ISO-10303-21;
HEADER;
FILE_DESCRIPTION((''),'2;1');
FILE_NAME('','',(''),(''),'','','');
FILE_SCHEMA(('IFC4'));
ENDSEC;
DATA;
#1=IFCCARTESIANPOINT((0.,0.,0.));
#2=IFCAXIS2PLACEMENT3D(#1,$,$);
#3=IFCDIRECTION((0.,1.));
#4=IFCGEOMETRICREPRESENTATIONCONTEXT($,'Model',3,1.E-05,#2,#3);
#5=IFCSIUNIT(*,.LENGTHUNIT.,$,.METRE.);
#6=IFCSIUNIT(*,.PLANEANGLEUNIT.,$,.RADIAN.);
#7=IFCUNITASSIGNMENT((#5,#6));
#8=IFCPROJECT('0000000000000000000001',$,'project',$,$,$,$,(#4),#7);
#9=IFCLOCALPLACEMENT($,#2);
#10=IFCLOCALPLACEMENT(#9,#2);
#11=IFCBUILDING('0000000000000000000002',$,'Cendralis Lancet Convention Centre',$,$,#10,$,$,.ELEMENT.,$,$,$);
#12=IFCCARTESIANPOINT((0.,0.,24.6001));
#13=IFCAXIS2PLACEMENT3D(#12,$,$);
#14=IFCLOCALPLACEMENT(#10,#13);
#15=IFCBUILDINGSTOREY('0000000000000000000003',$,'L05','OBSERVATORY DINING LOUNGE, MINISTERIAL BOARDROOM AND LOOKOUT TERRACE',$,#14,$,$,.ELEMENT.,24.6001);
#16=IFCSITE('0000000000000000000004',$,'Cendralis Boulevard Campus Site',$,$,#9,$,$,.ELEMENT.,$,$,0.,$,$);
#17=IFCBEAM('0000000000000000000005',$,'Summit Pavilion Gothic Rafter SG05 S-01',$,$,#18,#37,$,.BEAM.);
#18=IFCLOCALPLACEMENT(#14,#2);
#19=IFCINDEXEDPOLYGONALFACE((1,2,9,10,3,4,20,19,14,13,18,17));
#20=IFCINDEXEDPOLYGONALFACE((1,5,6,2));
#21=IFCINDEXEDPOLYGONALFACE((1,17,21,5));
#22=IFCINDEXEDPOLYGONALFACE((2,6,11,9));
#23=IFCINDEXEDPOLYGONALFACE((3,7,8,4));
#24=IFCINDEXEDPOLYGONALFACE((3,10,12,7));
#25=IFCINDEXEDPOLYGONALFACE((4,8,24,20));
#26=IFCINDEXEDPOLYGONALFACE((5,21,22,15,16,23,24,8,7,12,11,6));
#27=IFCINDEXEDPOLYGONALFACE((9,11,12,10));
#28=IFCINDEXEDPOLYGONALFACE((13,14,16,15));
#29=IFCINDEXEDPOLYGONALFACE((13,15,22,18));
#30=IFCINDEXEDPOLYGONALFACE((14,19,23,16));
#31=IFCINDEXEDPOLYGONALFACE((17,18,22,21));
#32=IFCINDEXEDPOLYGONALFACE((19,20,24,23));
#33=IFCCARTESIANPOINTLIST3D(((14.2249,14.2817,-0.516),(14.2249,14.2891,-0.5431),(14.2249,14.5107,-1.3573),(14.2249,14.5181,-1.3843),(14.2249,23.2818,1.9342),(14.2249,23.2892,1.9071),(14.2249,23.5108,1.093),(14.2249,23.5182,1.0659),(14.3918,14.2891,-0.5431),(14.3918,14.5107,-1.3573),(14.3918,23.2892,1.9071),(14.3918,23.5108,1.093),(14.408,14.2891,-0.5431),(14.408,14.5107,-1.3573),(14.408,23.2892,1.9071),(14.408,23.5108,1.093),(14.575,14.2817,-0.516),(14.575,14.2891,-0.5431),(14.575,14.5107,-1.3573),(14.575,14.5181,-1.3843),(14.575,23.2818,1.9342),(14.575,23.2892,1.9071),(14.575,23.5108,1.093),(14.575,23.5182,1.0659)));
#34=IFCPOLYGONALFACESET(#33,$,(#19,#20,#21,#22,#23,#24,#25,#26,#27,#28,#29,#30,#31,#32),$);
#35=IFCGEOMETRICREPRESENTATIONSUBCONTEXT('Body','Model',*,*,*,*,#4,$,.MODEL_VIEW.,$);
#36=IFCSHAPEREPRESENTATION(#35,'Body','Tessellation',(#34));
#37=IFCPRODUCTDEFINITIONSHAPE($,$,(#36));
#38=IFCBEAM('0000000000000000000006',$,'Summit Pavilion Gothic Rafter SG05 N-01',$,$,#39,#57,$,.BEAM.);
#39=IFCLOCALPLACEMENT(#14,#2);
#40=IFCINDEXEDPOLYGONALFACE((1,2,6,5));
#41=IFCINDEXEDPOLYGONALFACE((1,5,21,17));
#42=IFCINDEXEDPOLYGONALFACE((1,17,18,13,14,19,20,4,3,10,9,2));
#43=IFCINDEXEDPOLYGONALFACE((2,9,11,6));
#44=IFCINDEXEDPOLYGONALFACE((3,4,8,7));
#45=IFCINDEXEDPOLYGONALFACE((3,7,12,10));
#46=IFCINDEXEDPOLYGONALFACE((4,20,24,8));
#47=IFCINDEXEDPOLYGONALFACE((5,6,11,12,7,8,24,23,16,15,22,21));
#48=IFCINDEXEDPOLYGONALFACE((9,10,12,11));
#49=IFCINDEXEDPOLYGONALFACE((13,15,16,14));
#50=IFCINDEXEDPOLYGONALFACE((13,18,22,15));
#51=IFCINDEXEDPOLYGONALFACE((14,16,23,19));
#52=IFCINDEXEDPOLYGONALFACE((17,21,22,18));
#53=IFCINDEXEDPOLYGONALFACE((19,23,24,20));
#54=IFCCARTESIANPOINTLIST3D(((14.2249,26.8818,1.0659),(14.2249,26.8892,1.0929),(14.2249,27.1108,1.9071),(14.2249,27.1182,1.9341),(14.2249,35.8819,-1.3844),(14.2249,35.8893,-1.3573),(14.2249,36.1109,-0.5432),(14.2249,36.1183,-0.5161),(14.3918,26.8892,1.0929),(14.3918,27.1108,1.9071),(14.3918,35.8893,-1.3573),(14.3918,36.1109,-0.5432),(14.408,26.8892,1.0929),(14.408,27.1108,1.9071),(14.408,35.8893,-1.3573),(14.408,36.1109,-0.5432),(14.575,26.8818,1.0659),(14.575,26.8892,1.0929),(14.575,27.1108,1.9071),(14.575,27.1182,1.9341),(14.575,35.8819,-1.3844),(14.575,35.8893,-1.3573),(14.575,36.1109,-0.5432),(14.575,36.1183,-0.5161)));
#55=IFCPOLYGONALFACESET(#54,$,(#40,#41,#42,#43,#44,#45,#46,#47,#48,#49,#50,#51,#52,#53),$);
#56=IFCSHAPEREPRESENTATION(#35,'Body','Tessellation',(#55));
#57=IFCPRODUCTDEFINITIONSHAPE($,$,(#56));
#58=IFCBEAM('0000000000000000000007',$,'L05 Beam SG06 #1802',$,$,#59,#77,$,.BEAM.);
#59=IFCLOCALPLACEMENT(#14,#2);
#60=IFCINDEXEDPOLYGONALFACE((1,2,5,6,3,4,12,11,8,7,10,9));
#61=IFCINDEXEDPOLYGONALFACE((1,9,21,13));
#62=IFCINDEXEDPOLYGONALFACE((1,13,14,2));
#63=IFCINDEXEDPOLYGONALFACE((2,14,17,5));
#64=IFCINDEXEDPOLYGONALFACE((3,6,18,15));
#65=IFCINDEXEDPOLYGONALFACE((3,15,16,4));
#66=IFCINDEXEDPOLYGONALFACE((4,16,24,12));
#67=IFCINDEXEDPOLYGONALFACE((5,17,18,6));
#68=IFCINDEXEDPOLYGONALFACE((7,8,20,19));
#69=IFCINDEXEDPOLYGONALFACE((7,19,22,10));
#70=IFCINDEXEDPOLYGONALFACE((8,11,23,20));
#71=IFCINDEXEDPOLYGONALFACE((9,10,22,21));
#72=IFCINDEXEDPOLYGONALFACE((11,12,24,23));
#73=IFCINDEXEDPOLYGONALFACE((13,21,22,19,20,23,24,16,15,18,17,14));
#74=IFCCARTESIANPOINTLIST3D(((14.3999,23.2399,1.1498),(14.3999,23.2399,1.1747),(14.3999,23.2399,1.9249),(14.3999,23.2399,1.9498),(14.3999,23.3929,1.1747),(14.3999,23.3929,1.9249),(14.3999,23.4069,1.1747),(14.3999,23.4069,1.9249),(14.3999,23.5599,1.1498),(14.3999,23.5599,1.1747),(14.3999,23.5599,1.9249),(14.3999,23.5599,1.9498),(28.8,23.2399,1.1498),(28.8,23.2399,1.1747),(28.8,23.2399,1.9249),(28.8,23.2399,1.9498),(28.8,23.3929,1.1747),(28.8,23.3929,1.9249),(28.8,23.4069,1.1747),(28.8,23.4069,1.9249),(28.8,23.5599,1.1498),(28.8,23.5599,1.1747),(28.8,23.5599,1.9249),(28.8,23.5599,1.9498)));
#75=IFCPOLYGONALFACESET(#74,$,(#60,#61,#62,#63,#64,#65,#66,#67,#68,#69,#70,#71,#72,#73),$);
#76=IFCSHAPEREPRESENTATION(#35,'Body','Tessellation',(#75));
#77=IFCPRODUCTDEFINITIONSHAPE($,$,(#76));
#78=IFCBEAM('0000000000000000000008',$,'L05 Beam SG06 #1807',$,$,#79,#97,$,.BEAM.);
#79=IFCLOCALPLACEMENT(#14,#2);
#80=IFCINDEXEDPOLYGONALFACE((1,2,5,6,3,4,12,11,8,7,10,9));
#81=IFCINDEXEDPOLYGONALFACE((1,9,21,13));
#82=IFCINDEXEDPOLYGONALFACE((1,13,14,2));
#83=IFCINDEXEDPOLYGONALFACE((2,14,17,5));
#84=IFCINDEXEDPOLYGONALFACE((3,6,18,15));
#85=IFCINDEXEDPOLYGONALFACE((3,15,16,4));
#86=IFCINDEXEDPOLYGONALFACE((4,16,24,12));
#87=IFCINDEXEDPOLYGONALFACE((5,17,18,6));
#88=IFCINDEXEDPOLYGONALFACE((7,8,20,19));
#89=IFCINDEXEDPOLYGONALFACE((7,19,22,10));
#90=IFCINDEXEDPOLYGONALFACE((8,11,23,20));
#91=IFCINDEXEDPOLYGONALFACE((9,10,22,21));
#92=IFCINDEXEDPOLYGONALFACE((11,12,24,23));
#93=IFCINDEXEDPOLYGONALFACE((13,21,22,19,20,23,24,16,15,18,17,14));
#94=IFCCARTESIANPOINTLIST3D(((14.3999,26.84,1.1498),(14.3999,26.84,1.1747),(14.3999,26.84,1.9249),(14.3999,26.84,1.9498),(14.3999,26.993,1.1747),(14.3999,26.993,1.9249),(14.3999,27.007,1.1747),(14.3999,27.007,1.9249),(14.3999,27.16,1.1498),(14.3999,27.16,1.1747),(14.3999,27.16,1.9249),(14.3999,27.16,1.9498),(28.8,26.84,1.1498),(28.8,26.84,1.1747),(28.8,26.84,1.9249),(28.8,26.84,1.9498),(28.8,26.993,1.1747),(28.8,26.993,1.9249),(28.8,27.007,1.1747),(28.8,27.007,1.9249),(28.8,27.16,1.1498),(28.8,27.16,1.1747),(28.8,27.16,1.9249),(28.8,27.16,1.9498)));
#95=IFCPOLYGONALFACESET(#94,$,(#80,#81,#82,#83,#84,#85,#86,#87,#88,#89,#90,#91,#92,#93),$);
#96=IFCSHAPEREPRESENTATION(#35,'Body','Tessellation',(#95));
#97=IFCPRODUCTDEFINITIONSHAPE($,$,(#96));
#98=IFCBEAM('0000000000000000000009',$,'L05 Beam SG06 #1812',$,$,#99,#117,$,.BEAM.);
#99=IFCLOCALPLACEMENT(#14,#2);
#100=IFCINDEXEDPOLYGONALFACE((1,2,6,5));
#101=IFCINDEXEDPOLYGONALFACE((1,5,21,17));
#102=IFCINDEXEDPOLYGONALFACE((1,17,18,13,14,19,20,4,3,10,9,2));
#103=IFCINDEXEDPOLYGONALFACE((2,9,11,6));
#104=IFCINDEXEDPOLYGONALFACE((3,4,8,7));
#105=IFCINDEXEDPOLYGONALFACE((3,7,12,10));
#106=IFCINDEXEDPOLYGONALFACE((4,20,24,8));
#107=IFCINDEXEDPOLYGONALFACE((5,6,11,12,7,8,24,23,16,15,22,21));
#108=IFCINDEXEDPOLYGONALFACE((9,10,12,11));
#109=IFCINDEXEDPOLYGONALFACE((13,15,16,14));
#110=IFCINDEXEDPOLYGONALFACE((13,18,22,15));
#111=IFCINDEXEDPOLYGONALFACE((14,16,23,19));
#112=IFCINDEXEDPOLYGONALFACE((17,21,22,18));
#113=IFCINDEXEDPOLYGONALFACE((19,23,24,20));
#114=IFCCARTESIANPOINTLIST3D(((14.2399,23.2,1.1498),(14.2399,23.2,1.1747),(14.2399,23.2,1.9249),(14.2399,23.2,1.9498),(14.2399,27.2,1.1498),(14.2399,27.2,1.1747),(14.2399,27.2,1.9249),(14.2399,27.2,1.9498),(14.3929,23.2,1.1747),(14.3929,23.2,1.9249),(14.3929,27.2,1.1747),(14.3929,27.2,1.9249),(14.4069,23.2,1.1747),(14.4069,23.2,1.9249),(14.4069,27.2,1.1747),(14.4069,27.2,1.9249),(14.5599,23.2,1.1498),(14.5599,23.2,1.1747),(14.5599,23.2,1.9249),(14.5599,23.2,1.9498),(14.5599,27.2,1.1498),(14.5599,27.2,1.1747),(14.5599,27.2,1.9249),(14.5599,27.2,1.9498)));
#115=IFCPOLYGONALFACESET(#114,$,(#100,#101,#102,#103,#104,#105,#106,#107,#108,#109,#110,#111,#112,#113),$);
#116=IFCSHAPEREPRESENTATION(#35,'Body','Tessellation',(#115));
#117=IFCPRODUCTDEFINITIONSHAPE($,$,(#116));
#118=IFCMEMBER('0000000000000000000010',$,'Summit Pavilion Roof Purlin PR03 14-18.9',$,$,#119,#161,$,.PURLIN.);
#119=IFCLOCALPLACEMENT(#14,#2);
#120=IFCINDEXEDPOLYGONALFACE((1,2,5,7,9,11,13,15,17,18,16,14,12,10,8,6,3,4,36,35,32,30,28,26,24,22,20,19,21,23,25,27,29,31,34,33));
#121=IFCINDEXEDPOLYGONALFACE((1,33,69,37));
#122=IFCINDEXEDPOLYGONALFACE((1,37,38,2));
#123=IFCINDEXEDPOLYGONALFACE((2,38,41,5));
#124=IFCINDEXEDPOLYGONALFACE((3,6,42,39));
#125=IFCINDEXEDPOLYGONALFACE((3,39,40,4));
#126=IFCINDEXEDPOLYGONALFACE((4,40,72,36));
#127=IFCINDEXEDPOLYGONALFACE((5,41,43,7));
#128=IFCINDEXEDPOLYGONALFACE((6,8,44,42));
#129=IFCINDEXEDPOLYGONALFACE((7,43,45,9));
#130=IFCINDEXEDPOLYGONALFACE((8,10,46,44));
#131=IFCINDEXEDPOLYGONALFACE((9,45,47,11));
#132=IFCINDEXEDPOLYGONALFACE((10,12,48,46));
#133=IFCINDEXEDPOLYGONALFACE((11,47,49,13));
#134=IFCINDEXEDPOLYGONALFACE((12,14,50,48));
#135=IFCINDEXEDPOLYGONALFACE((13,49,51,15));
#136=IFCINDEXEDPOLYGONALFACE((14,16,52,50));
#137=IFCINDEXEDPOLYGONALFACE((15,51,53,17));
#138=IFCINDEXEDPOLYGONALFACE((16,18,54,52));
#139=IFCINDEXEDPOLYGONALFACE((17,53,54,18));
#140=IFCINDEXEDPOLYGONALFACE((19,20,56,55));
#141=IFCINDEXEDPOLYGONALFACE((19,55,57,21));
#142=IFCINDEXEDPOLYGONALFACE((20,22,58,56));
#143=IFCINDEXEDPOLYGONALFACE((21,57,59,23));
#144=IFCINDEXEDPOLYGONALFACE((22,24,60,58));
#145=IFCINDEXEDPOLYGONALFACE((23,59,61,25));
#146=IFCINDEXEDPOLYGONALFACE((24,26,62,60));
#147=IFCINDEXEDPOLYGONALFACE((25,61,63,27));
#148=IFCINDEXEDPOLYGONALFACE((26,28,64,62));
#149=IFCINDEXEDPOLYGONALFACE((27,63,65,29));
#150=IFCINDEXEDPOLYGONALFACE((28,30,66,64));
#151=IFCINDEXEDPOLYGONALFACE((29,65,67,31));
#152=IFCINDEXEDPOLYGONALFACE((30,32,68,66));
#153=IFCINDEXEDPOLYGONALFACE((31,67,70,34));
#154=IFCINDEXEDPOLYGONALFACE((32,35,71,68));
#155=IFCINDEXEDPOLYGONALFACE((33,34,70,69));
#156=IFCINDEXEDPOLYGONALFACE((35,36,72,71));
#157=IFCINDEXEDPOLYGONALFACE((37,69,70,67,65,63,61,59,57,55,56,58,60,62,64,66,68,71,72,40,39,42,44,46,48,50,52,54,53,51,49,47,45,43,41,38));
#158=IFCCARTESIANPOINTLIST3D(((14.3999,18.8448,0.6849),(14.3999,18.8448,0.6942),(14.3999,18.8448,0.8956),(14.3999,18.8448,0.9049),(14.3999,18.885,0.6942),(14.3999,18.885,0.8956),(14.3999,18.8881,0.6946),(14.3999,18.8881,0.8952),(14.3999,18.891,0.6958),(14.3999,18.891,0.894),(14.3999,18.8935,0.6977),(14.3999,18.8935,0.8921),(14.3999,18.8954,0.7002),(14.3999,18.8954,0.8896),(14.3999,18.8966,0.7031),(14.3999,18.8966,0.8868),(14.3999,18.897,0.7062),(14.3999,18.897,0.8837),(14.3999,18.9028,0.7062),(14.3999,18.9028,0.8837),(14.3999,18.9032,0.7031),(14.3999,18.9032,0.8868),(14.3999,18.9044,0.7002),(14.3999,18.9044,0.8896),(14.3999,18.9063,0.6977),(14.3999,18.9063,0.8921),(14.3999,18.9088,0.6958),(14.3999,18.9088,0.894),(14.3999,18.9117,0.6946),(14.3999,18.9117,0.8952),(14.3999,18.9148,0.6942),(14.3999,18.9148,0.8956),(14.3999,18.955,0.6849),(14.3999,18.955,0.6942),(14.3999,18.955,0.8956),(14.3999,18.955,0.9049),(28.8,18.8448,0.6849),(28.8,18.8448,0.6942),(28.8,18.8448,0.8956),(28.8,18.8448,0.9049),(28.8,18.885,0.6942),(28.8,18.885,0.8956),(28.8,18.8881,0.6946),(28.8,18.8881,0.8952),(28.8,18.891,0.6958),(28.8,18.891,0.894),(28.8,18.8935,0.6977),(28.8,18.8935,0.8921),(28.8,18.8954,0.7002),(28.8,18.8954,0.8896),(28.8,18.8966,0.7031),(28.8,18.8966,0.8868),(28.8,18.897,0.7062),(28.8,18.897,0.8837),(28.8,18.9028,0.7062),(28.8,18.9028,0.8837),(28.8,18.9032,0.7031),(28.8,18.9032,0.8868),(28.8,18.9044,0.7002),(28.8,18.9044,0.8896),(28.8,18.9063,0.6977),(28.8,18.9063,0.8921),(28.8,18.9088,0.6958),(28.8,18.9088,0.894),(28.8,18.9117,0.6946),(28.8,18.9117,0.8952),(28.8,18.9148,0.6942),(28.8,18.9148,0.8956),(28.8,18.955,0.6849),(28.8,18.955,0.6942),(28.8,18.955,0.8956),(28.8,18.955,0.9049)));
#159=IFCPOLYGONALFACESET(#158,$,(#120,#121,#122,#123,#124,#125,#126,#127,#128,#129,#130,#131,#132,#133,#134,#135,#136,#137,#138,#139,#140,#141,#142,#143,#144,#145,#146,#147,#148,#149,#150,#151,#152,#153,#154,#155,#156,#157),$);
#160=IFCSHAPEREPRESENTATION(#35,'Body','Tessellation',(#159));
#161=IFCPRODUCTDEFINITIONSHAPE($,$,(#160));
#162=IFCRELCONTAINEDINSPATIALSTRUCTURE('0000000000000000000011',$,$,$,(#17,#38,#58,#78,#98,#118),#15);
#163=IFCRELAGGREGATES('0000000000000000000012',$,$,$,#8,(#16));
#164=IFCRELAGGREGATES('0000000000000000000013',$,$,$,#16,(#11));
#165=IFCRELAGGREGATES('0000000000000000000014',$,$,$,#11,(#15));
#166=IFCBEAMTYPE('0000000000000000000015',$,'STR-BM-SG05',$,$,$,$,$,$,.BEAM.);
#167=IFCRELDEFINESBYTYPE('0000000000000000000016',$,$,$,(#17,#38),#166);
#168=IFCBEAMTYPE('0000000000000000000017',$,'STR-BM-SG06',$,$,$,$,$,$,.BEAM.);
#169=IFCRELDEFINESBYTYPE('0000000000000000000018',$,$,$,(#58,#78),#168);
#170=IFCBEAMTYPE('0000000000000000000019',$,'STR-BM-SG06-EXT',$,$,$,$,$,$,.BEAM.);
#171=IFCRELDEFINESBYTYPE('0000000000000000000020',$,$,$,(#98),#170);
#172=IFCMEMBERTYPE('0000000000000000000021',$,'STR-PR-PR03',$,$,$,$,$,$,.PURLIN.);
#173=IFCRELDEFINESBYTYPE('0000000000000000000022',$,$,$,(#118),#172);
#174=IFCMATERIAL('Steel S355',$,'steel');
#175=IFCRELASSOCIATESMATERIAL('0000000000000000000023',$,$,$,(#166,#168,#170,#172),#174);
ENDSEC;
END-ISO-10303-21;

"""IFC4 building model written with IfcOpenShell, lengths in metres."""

from ifc_helpers import new_model, si_unit, direction, frame, origin, origin_2d, place, context, subcontext, project, spatial, i_section, extrude, material, material_profile, profile_set, type_object, element, save


model = new_model("IFC4")

# Units and contexts
model_context = context("Model", 3, precision=1e-05, world=origin(), true_north=direction((0.0, 1.0)))
body_context = subcontext(model_context, "Body", "Model", "MODEL_VIEW")
ifc_project = project(units=[si_unit("LENGTHUNIT", "METRE"), si_unit("PLANEANGLEUNIT", "RADIAN")], contexts=[model_context])

# Site, building, storey
site_placement = place(None, origin())
site = spatial("IfcSite", under=ifc_project, at=site_placement, Name="Cendralis Boulevard Campus Site", CompositionType="ELEMENT", RefElevation=0.0)
building_placement = place(site_placement, origin())
building = spatial("IfcBuilding", under=site, at=building_placement, Name="Cendralis Lancet Convention Centre", CompositionType="ELEMENT")
storey_placement = place(building_placement, frame((0.0, 0.0, 24.6001)))
storey = spatial("IfcBuildingStorey", under=building, at=storey_placement, Name="L05", Description="OBSERVATORY DINING LOUNGE, MINISTERIAL BOARDROOM AND LOOKOUT TERRACE", CompositionType="ELEMENT", Elevation=24.6001)

# Beams
ifc_material_1 = material(Name="Steel S355", Category="steel")
ifc_material_profile_1 = material_profile(ifc_material_1, i_section(OverallWidth=0.3501, OverallDepth=0.8999, WebThickness=0.0161, FlangeThickness=0.0281, at=origin_2d()), Name="PG 900x350")
ifc_profile_set_1 = profile_set([ifc_material_profile_1], Name="Steel S355")
beam_type_1 = type_object("IfcBeamType", Name="STR-BM-SG05", PredefinedType="BEAM", material=ifc_profile_set_1)
for number, where, z_axis, x_axis, name in (
    (1, (14.3999, 14.3999, -0.9502), (0.0, 0.964882, 0.262683), (-1.0, 0.0, 0.0), "Summit Pavilion Gothic Rafter SG05 S-01"),
    (2, (14.3999, 27.0, 1.5), (0.0, 0.964882, -0.262683), (-1.0, 0.0, 0.0), "Summit Pavilion Gothic Rafter SG05 N-01"),
):
    element("IfcBeam", number, at=place(storey_placement, frame(where, z_axis=z_axis, x_axis=x_axis)), inside=storey, type_object=beam_type_1, Name=name, PredefinedType="BEAM", context=body_context, shape_type="SweptSolid", body=[
        extrude(i_section(OverallWidth=0.3501, OverallDepth=0.8999, WebThickness=0.0161, FlangeThickness=0.0281, at=origin_2d()), origin(), (0.0, 0.0, 1.0), 9.3276),
    ])
ifc_material_profile_2 = material_profile(ifc_material_1, i_section(OverallWidth=0.3201, OverallDepth=0.8, WebThickness=0.0139, FlangeThickness=0.0249, at=origin_2d()), Name="PG 800x320")
ifc_profile_set_2 = profile_set([ifc_material_profile_2], Name="Steel S355")
beam_type_2 = type_object("IfcBeamType", Name="STR-BM-SG06", PredefinedType="BEAM", material=ifc_profile_set_2)
for number, where, z_axis, x_axis, name in (
    (3, (14.3999, 23.3999, 1.5498), (1.0, 0.0, 0.0), (0.0, 1.0, 0.0), "L05 Beam SG06 #1802"),
    (4, (14.3999, 27.0, 1.5498), (1.0, 0.0, 0.0), (0.0, 1.0, 0.0), "L05 Beam SG06 #1807"),
):
    element("IfcBeam", number, at=place(storey_placement, frame(where, z_axis=z_axis, x_axis=x_axis)), inside=storey, type_object=beam_type_2, Name=name, PredefinedType="BEAM", context=body_context, shape_type="SweptSolid", body=[
        extrude(i_section(OverallWidth=0.3201, OverallDepth=0.8, WebThickness=0.0139, FlangeThickness=0.0249, at=origin_2d()), origin(), (0.0, 0.0, 1.0), 14.4001),
    ])
ifc_material_profile_3 = material_profile(ifc_material_1, i_section(OverallWidth=0.3201, OverallDepth=0.8, WebThickness=0.0139, FlangeThickness=0.0249, at=origin_2d()), Name="PG 800x320")
ifc_profile_set_3 = profile_set([ifc_material_profile_3], Name="Steel S355")
beam_type_3 = type_object("IfcBeamType", Name="STR-BM-SG06-EXT", PredefinedType="BEAM", material=ifc_profile_set_3)
beam_placement = place(storey_placement, frame((14.3999, 23.2, 1.5498), z_axis=(0.0, 1.0, 0.0), x_axis=(-1.0, 0.0, 0.0)))
element("IfcBeam", 5, at=beam_placement, inside=storey, type_object=beam_type_3, Name="L05 Beam SG06 #1812", PredefinedType="BEAM", context=body_context, shape_type="SweptSolid", body=[
    extrude(i_section(OverallWidth=0.3201, OverallDepth=0.8, WebThickness=0.0139, FlangeThickness=0.0249, at=origin_2d()), origin(), (0.0, 0.0, 1.0), 4.0),
])

# Member
ifc_material_profile_4 = material_profile(ifc_material_1, i_section(OverallWidth=0.1101, OverallDepth=0.22, WebThickness=0.0059, FlangeThickness=0.0093, FilletRadius=0.012, at=origin_2d()), Name="IPE 220")
ifc_profile_set_4 = profile_set([ifc_material_profile_4], Name="Steel S355")
member_type_1 = type_object("IfcMemberType", Name="STR-PR-PR03", PredefinedType="PURLIN", material=ifc_profile_set_4)
for number, where, z_axis, x_axis, name in (
    (6, (14.3999, 18.8999, 0.7949), (1.0, 0.0, 0.0), (0.0, 1.0, 0.0), "Summit Pavilion Roof Purlin PR03 14-18.9"),
):
    element("IfcMember", number, at=place(storey_placement, frame(where, z_axis=z_axis, x_axis=x_axis)), inside=storey, type_object=member_type_1, Name=name, PredefinedType="PURLIN", context=body_context, shape_type="SweptSolid", body=[
        extrude(i_section(OverallWidth=0.1101, OverallDepth=0.22, WebThickness=0.0059, FlangeThickness=0.0093, FilletRadius=0.012, at=origin_2d()), origin(), (0.0, 0.0, 1.0), 14.4001),
    ])

save(model, "model.ifc")
